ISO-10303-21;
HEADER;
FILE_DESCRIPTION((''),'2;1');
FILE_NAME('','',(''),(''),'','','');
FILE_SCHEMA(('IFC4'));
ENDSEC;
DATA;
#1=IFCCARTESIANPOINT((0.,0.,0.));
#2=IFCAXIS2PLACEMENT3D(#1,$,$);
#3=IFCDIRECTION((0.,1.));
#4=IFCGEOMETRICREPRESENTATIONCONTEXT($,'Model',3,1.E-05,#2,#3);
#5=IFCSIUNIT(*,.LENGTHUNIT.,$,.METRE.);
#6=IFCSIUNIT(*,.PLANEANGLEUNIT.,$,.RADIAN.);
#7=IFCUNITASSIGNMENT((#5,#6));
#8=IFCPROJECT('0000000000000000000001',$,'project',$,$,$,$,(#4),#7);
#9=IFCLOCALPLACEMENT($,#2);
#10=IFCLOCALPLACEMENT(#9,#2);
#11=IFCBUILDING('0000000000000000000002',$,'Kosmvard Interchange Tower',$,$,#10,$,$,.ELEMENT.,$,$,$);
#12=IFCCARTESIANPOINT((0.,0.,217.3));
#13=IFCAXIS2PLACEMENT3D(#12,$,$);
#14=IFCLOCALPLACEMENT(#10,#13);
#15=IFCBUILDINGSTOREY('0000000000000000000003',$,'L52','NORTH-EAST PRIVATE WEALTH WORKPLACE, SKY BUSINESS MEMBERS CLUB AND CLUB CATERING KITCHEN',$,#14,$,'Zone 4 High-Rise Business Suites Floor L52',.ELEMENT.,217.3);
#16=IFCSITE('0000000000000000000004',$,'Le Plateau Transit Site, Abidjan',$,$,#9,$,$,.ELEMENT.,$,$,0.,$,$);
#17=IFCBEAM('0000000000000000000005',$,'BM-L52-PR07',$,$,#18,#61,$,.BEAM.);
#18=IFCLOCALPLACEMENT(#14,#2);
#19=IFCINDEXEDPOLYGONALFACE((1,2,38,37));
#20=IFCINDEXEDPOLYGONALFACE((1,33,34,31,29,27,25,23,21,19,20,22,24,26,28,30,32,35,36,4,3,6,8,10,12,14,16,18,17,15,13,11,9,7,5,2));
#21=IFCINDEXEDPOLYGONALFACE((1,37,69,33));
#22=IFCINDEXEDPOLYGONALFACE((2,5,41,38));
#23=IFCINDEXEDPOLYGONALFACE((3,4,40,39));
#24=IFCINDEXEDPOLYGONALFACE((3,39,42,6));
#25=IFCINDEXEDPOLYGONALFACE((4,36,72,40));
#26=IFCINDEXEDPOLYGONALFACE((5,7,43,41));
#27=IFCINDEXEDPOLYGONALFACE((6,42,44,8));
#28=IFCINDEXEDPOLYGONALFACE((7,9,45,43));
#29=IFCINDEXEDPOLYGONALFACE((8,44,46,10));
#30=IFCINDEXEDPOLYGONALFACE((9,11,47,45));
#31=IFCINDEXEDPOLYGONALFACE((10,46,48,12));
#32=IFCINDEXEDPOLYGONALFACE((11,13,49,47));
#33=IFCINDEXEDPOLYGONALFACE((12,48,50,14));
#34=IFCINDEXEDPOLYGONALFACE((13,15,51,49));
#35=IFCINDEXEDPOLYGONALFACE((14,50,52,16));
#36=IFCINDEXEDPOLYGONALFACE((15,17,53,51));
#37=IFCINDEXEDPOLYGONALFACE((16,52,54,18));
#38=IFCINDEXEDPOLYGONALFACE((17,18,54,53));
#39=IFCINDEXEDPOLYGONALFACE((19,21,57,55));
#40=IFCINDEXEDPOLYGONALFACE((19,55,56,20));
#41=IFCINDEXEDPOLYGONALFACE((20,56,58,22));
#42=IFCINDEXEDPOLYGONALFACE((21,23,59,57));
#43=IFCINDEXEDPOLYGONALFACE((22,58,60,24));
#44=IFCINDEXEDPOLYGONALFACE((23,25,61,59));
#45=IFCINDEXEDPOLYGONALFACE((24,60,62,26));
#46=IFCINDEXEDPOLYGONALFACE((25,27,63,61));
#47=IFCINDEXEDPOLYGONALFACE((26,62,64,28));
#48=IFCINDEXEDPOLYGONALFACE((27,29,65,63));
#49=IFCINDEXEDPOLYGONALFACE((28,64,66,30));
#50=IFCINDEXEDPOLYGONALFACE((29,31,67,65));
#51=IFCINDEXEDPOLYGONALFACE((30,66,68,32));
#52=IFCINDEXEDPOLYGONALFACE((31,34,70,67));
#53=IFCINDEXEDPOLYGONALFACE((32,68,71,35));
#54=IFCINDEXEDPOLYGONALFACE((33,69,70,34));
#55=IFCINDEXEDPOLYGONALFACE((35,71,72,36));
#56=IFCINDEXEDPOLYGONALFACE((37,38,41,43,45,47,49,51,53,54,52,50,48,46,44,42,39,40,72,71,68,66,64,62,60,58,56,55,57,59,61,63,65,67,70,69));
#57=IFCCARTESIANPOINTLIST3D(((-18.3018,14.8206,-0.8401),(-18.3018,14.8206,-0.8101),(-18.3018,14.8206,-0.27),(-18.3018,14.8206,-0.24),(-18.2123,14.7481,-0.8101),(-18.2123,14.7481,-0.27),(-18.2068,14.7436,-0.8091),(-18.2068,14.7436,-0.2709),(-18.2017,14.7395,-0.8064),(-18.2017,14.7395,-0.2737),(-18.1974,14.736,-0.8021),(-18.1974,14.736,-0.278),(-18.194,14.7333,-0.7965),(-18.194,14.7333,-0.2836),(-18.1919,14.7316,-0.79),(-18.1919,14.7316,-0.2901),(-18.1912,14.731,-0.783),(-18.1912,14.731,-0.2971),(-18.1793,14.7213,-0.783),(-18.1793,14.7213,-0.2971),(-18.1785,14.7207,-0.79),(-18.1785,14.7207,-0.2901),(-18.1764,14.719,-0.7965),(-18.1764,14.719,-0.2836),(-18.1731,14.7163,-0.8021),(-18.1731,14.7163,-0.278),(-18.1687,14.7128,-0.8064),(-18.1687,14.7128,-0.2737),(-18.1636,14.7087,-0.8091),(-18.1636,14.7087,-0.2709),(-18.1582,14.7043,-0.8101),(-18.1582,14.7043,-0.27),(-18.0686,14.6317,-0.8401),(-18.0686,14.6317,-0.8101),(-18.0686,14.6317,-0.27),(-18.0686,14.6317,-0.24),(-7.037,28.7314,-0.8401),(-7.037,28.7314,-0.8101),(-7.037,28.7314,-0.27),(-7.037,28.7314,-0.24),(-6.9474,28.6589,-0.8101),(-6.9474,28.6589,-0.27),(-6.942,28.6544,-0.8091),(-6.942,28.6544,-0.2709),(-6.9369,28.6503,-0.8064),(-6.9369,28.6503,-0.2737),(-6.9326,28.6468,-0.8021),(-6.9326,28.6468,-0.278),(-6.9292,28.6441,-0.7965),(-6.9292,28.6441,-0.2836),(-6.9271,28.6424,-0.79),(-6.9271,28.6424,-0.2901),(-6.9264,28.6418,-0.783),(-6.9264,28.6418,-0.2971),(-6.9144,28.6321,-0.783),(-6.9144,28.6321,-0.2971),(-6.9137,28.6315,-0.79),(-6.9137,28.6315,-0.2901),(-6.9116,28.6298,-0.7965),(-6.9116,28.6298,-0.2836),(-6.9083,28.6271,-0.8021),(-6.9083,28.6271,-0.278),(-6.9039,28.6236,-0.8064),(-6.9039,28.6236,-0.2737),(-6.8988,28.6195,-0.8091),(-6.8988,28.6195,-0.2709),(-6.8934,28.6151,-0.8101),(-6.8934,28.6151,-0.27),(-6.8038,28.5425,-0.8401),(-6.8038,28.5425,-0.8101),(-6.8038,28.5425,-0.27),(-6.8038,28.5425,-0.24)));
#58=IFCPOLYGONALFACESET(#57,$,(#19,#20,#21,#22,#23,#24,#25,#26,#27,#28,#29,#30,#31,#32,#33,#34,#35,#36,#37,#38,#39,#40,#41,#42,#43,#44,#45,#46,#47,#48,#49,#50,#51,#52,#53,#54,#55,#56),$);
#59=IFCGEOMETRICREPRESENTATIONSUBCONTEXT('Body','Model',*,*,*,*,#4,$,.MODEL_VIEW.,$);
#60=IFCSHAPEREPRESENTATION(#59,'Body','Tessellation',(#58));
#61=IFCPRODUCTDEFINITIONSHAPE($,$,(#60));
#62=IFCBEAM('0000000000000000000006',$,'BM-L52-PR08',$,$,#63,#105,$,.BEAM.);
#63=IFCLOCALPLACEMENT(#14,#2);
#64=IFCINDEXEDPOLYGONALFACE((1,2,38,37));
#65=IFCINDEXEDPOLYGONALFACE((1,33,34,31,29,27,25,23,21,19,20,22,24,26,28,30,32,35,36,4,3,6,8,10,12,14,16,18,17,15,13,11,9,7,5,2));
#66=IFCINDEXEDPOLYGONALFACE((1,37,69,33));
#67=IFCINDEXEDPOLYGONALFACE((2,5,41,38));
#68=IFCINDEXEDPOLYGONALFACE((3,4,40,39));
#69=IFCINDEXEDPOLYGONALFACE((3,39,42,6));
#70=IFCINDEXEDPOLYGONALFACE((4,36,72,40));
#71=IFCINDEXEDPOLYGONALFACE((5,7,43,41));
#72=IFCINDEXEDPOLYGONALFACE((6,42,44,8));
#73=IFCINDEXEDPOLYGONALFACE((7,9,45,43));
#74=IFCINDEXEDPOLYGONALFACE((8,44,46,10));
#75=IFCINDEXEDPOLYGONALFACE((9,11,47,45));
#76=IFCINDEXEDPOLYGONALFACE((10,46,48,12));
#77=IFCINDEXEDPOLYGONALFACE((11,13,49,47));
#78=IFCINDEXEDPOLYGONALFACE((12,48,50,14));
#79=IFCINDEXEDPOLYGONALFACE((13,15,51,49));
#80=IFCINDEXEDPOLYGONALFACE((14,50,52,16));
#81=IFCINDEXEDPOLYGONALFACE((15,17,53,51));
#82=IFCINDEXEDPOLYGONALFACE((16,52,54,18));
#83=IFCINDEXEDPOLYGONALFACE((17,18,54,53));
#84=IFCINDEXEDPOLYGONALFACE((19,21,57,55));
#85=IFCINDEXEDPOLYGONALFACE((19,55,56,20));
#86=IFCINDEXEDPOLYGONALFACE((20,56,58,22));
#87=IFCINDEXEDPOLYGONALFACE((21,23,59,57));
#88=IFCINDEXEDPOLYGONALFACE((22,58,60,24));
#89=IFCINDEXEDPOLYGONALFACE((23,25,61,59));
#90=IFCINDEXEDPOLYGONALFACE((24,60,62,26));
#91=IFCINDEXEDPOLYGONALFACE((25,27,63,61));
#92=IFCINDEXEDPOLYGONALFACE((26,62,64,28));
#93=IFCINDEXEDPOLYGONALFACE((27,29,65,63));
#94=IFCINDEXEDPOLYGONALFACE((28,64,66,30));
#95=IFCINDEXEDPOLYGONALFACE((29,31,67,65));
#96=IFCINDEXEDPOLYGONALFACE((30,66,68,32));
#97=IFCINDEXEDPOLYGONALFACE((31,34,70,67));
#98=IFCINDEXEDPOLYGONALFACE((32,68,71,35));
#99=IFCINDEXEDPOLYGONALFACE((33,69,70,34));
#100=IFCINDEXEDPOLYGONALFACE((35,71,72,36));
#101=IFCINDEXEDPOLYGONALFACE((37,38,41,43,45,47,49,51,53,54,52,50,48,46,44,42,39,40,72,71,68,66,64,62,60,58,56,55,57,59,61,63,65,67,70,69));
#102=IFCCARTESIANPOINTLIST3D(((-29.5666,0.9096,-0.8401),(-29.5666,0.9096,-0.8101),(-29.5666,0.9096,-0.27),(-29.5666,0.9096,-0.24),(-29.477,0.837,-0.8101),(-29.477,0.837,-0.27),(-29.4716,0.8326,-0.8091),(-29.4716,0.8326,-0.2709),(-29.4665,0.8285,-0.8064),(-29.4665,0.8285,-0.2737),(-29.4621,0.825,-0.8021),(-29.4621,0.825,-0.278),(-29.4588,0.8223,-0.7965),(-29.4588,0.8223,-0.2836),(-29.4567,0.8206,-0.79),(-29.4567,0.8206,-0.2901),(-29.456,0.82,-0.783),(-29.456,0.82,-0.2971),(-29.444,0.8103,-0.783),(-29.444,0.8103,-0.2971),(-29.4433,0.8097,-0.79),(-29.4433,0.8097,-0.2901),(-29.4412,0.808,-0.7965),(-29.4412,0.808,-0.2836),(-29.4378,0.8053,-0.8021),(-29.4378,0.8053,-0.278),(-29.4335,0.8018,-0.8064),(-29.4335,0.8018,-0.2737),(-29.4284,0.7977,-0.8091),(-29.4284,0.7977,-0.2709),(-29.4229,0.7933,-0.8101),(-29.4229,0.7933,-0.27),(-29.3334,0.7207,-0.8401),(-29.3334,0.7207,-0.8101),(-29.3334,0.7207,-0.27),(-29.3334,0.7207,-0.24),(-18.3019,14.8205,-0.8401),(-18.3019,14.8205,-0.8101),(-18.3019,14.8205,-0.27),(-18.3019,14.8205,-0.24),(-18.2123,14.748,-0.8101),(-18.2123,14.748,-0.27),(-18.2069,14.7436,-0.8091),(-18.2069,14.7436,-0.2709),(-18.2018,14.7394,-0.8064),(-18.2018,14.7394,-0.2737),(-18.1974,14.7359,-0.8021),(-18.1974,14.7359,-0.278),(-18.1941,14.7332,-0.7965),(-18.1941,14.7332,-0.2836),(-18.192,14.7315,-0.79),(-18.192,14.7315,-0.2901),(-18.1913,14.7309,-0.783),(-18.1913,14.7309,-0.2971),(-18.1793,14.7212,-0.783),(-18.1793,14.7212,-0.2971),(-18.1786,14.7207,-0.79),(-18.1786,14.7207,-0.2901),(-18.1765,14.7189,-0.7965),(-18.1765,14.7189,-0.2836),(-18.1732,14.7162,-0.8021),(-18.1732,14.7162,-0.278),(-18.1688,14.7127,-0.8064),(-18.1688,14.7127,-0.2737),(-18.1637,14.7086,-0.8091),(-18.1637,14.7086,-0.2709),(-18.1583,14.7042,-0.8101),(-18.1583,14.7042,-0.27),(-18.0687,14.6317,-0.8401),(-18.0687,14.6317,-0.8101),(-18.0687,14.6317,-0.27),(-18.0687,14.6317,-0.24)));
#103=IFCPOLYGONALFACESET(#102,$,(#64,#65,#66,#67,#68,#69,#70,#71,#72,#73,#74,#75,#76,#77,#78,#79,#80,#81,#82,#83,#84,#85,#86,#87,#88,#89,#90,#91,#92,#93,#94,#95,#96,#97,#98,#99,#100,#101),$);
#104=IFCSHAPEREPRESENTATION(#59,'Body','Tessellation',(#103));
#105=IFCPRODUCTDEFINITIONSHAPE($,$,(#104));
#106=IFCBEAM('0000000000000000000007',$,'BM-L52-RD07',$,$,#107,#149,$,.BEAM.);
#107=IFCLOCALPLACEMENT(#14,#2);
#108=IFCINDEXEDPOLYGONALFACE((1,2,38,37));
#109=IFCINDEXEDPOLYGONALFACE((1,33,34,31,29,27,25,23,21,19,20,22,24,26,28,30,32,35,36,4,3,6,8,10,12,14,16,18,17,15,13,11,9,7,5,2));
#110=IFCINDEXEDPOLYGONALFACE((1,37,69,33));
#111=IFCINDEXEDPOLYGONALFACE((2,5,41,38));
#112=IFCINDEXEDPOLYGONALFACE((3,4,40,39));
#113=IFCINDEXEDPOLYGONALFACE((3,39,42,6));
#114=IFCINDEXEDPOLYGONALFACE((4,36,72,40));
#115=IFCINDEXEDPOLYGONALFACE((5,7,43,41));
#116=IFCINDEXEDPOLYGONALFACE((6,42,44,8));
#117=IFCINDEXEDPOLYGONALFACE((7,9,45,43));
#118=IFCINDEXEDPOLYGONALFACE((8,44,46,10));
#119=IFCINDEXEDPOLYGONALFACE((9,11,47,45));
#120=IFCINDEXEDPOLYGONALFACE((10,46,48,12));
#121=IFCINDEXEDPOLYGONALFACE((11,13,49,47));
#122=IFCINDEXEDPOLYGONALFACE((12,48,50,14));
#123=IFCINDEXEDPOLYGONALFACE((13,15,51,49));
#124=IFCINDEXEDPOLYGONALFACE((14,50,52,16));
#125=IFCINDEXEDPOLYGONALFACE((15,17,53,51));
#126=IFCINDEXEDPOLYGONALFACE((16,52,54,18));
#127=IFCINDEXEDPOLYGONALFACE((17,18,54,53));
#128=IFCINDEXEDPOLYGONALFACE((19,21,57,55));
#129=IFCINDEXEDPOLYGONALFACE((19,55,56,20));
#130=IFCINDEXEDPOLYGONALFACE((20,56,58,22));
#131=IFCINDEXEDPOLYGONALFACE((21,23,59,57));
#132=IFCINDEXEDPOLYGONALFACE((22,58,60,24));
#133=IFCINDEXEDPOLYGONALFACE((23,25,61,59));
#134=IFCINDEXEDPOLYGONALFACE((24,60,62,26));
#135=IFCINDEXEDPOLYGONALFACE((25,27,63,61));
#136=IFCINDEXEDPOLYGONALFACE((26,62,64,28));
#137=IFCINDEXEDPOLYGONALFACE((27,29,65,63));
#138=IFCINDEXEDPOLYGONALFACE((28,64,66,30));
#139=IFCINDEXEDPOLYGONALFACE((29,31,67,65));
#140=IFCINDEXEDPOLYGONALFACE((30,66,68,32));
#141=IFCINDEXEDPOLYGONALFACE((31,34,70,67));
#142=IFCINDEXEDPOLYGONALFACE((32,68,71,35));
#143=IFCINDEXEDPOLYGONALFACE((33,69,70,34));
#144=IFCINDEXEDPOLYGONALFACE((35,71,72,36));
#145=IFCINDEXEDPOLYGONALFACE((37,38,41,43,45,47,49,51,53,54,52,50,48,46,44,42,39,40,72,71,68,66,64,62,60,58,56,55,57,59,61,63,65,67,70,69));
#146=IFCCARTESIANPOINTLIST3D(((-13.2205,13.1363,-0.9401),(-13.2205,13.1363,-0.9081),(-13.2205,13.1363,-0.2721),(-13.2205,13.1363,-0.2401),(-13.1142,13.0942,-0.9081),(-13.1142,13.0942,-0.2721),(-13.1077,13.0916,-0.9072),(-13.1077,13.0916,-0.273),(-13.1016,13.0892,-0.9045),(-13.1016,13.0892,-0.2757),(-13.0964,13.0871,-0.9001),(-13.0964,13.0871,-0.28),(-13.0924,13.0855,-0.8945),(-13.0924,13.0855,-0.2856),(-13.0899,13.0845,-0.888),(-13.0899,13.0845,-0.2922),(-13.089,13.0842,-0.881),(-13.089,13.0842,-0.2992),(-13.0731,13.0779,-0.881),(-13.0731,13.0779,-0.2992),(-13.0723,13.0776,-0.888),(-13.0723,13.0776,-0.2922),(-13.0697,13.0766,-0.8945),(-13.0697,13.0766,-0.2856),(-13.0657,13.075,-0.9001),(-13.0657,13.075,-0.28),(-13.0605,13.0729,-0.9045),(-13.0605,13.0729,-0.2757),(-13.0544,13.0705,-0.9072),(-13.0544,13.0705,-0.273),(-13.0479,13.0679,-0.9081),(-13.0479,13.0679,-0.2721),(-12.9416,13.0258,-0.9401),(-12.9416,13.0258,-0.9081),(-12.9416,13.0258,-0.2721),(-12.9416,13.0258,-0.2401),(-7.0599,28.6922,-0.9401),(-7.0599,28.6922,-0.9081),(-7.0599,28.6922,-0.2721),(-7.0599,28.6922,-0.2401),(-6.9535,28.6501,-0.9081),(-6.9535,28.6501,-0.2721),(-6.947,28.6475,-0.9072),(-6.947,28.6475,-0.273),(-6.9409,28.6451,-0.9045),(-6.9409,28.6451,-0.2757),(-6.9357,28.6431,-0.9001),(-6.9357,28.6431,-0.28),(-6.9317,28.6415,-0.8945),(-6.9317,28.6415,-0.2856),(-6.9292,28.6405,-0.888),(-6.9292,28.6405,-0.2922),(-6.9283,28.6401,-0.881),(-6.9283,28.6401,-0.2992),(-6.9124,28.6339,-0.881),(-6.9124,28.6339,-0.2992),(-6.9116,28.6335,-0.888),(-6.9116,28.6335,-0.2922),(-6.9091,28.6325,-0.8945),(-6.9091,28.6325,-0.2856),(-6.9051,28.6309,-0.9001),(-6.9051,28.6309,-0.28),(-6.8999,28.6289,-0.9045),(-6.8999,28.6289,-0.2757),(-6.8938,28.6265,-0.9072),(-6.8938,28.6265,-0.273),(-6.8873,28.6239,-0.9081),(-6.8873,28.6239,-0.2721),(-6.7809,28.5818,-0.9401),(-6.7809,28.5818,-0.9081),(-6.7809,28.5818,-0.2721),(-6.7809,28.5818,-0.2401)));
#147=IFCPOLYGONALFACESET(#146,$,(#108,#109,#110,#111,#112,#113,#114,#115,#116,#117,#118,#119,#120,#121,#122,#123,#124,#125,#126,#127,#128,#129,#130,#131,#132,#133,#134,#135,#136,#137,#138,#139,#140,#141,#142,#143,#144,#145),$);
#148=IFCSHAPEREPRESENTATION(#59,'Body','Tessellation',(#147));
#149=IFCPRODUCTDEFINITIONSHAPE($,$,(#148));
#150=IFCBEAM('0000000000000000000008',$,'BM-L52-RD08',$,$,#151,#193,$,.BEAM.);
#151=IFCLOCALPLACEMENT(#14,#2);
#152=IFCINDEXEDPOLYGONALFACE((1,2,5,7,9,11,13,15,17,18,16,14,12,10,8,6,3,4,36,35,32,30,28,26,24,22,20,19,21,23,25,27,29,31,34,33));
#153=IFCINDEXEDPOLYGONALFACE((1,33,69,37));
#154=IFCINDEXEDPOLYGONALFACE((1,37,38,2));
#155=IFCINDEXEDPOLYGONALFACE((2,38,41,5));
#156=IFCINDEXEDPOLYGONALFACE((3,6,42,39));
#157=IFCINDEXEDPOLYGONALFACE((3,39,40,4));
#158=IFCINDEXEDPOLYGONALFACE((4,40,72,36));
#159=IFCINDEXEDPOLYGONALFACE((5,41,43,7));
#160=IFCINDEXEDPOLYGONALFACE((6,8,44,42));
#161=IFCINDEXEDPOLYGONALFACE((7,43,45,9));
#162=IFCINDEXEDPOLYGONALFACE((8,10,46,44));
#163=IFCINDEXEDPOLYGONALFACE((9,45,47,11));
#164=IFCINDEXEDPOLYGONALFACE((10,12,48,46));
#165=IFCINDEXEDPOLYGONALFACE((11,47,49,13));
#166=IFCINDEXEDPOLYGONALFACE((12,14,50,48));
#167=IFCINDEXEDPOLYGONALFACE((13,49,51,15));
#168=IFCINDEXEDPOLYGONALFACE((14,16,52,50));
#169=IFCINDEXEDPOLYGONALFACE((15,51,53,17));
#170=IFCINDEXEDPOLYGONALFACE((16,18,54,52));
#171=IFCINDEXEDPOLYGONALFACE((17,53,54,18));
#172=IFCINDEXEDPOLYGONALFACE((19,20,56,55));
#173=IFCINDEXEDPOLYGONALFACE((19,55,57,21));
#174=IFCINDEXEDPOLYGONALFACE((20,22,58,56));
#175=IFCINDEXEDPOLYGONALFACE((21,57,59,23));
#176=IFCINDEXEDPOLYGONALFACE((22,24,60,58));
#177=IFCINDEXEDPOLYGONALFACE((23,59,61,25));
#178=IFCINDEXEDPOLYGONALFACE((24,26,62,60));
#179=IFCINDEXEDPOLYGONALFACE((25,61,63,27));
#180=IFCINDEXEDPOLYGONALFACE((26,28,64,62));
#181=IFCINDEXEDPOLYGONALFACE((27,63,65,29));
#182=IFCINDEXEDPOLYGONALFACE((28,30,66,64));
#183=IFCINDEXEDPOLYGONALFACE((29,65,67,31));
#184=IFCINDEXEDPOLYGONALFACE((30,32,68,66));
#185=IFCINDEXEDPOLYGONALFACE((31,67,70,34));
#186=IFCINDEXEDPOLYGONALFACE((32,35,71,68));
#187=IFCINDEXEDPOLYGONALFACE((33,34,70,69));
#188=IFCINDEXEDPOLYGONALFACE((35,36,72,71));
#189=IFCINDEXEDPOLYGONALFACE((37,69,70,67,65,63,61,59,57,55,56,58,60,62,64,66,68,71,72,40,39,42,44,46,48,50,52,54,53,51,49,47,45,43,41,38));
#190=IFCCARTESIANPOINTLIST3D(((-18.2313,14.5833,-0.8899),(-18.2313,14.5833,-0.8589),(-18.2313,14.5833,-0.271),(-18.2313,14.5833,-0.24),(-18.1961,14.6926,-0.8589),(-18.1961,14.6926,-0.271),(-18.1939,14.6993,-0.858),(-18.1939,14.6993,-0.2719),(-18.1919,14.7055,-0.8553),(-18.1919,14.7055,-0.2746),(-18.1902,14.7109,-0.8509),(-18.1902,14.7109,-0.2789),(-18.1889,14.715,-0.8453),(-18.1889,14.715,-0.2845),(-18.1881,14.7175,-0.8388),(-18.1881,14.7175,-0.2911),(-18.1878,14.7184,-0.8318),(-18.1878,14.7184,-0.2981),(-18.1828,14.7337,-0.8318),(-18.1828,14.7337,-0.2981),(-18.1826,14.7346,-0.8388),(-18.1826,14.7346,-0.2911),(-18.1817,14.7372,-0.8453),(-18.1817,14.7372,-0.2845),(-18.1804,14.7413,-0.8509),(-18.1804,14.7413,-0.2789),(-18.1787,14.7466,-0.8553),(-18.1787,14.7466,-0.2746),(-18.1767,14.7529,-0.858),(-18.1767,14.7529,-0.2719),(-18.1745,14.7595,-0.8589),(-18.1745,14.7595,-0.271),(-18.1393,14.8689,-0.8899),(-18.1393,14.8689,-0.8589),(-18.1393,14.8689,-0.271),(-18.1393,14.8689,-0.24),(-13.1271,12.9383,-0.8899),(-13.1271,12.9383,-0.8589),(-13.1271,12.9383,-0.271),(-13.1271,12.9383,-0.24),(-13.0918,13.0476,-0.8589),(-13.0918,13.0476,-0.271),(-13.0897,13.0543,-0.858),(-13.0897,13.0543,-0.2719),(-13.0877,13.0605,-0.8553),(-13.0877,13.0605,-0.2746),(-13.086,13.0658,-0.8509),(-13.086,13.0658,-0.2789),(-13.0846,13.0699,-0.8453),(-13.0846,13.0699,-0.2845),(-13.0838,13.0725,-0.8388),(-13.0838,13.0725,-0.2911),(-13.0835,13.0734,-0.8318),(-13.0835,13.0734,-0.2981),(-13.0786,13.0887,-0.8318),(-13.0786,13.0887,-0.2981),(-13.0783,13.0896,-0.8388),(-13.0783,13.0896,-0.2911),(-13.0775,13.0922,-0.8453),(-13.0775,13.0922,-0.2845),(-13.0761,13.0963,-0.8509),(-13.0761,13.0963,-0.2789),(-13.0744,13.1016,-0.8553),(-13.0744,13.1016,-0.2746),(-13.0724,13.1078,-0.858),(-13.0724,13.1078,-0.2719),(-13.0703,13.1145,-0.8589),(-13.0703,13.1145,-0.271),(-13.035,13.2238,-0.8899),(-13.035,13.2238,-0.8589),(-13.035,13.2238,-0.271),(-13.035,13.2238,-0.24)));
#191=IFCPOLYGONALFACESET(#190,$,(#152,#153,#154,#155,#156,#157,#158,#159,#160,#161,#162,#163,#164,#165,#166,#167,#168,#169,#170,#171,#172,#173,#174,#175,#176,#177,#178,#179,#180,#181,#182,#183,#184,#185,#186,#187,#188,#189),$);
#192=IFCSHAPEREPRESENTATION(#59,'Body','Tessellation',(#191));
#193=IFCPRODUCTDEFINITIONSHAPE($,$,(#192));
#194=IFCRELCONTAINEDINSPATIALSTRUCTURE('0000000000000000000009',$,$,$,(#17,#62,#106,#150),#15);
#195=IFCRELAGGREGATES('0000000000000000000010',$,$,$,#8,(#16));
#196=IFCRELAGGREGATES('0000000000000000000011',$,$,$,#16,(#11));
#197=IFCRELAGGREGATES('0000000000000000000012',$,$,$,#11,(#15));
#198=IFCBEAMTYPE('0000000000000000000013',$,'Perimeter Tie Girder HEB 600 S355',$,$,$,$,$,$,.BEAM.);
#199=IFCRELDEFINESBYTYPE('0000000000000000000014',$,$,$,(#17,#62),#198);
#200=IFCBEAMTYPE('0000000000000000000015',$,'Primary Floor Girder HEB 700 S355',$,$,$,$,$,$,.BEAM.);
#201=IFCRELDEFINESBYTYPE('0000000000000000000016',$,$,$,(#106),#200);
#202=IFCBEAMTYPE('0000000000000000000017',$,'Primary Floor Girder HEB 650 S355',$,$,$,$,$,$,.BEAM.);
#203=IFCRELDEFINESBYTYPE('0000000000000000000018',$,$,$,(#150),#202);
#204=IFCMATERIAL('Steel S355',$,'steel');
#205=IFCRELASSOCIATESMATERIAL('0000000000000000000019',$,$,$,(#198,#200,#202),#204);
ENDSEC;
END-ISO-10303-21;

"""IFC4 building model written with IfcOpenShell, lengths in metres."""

from ifc_helpers import new_model, si_unit, direction, frame, origin, origin_2d, place, context, subcontext, project, spatial, i_section, extrude, source, transform, mapped, material, material_profile, profile_set, type_object, element, save


model = new_model("IFC4")

# Units and contexts
model_context = context("Model", 3, precision=1e-05, world=origin(), true_north=direction((0.0, 1.0)))
body_context = subcontext(model_context, "Body", "Model", "MODEL_VIEW")
ifc_project = project(units=[si_unit("LENGTHUNIT", "METRE"), si_unit("PLANEANGLEUNIT", "RADIAN")], contexts=[model_context])

# Site, building, storey
site_placement = place(None, origin())
site = spatial("IfcSite", under=ifc_project, at=site_placement, Name="Le Plateau Transit Site, Abidjan", CompositionType="ELEMENT", RefElevation=0.0)
building_placement = place(site_placement, origin())
building = spatial("IfcBuilding", under=site, at=building_placement, Name="Kosmvard Interchange Tower", CompositionType="ELEMENT")
storey_placement = place(building_placement, frame((0.0, 0.0, 217.3)))
storey = spatial("IfcBuildingStorey", under=building, at=storey_placement, Name="L52", Description="NORTH-EAST PRIVATE WEALTH WORKPLACE, SKY BUSINESS MEMBERS CLUB AND CLUB CATERING KITCHEN", LongName="Zone 4 High-Rise Business Suites Floor L52", CompositionType="ELEMENT", Elevation=217.3)

# Beams
ifc_material_1 = material(Name="Steel S355", Category="steel")
ifc_material_profile_1 = material_profile(ifc_material_1, i_section(OverallWidth=0.3, OverallDepth=0.6001, WebThickness=0.0154, FlangeThickness=0.03, FilletRadius=0.0271, at=origin_2d()), Name="HEB 600")
ifc_profile_set_1 = profile_set([ifc_material_profile_1], Name="Steel S355")
beam_type_1 = type_object("IfcBeamType", Name="Perimeter Tie Girder HEB 600 S355", PredefinedType="BEAM", material=ifc_profile_set_1)
shared_shape_1 = source(origin(), body_context, "Body", "SweptSolid", [
    extrude(i_section(OverallWidth=0.3, OverallDepth=0.6001, WebThickness=0.0154, FlangeThickness=0.03, FilletRadius=0.0271, at=origin_2d()), origin(), (0.0, 0.0, 1.0), 17.8999),
])
for number, where, z_axis, x_axis, name in (
    (1, (-6.9204, 28.637, -0.54), (-0.629323, -0.777144, 0.0), (0.777144, -0.629323, 0.0), "BM-L52-PR07"),
    (2, (-18.1853, 14.7261, -0.54), (-0.629315, -0.777151, 0.0), (0.777151, -0.629315, 0.0), "BM-L52-PR08"),
):
    element("IfcBeam", number, at=place(storey_placement, frame(where, z_axis=z_axis, x_axis=x_axis)), inside=storey, type_object=beam_type_1, Name=name, PredefinedType="BEAM", context=body_context, shape_type="MappedRepresentation", body=[
        mapped(shared_shape_1, transform((0.0, 0.0, 0.0), scale=1.0)),
    ])
ifc_material_profile_2 = material_profile(ifc_material_1, i_section(OverallWidth=0.3, OverallDepth=0.7, WebThickness=0.0171, FlangeThickness=0.032, FilletRadius=0.0271, at=origin_2d()), Name="HEB 700")
ifc_profile_set_2 = profile_set([ifc_material_profile_2], Name="Steel S355")
beam_type_2 = type_object("IfcBeamType", Name="Primary Floor Girder HEB 700 S355", PredefinedType="BEAM", material=ifc_profile_set_2)
shared_shape_2 = source(origin(), body_context, "Body", "SweptSolid", [
    extrude(i_section(OverallWidth=0.3, OverallDepth=0.7, WebThickness=0.0171, FlangeThickness=0.032, FilletRadius=0.0271, at=origin_2d()), origin(), (0.0, 0.0, 1.0), 16.7314),
])
beam_1_placement = place(storey_placement, frame((-13.0811, 13.0811, -0.5901), z_axis=(0.368209, 0.929743, 0.0), x_axis=(-0.929743, 0.368209, 0.0)))
element("IfcBeam", 3, at=beam_1_placement, inside=storey, type_object=beam_type_2, Name="BM-L52-RD07", PredefinedType="BEAM", context=body_context, shape_type="MappedRepresentation", body=[
    mapped(shared_shape_2, transform((0.0, 0.0, 0.0), scale=1.0)),
])
ifc_material_profile_3 = material_profile(ifc_material_1, i_section(OverallWidth=0.3, OverallDepth=0.6499, WebThickness=0.0161, FlangeThickness=0.031, FilletRadius=0.0271, at=origin_2d()), Name="HEB 650")
ifc_profile_set_3 = profile_set([ifc_material_profile_3], Name="Steel S355")
beam_type_3 = type_object("IfcBeamType", Name="Primary Floor Girder HEB 650 S355", PredefinedType="BEAM", material=ifc_profile_set_3)
shared_shape_3 = source(origin(), body_context, "Body", "SweptSolid", [
    extrude(i_section(OverallWidth=0.3, OverallDepth=0.6499, WebThickness=0.0161, FlangeThickness=0.031, FilletRadius=0.0271, at=origin_2d()), origin(), (0.0, 0.0, 1.0), 5.3628),
])
beam_2_placement = place(storey_placement, frame((-13.0811, 13.0811, -0.5649), z_axis=(-0.951791, 0.306747, 0.0), x_axis=(-0.306747, -0.951791, 0.0)))
element("IfcBeam", 4, at=beam_2_placement, inside=storey, type_object=beam_type_3, Name="BM-L52-RD08", PredefinedType="BEAM", context=body_context, shape_type="MappedRepresentation", body=[
    mapped(shared_shape_3, transform((0.0, 0.0, 0.0), scale=1.0)),
])

save(model, "model.ifc")
